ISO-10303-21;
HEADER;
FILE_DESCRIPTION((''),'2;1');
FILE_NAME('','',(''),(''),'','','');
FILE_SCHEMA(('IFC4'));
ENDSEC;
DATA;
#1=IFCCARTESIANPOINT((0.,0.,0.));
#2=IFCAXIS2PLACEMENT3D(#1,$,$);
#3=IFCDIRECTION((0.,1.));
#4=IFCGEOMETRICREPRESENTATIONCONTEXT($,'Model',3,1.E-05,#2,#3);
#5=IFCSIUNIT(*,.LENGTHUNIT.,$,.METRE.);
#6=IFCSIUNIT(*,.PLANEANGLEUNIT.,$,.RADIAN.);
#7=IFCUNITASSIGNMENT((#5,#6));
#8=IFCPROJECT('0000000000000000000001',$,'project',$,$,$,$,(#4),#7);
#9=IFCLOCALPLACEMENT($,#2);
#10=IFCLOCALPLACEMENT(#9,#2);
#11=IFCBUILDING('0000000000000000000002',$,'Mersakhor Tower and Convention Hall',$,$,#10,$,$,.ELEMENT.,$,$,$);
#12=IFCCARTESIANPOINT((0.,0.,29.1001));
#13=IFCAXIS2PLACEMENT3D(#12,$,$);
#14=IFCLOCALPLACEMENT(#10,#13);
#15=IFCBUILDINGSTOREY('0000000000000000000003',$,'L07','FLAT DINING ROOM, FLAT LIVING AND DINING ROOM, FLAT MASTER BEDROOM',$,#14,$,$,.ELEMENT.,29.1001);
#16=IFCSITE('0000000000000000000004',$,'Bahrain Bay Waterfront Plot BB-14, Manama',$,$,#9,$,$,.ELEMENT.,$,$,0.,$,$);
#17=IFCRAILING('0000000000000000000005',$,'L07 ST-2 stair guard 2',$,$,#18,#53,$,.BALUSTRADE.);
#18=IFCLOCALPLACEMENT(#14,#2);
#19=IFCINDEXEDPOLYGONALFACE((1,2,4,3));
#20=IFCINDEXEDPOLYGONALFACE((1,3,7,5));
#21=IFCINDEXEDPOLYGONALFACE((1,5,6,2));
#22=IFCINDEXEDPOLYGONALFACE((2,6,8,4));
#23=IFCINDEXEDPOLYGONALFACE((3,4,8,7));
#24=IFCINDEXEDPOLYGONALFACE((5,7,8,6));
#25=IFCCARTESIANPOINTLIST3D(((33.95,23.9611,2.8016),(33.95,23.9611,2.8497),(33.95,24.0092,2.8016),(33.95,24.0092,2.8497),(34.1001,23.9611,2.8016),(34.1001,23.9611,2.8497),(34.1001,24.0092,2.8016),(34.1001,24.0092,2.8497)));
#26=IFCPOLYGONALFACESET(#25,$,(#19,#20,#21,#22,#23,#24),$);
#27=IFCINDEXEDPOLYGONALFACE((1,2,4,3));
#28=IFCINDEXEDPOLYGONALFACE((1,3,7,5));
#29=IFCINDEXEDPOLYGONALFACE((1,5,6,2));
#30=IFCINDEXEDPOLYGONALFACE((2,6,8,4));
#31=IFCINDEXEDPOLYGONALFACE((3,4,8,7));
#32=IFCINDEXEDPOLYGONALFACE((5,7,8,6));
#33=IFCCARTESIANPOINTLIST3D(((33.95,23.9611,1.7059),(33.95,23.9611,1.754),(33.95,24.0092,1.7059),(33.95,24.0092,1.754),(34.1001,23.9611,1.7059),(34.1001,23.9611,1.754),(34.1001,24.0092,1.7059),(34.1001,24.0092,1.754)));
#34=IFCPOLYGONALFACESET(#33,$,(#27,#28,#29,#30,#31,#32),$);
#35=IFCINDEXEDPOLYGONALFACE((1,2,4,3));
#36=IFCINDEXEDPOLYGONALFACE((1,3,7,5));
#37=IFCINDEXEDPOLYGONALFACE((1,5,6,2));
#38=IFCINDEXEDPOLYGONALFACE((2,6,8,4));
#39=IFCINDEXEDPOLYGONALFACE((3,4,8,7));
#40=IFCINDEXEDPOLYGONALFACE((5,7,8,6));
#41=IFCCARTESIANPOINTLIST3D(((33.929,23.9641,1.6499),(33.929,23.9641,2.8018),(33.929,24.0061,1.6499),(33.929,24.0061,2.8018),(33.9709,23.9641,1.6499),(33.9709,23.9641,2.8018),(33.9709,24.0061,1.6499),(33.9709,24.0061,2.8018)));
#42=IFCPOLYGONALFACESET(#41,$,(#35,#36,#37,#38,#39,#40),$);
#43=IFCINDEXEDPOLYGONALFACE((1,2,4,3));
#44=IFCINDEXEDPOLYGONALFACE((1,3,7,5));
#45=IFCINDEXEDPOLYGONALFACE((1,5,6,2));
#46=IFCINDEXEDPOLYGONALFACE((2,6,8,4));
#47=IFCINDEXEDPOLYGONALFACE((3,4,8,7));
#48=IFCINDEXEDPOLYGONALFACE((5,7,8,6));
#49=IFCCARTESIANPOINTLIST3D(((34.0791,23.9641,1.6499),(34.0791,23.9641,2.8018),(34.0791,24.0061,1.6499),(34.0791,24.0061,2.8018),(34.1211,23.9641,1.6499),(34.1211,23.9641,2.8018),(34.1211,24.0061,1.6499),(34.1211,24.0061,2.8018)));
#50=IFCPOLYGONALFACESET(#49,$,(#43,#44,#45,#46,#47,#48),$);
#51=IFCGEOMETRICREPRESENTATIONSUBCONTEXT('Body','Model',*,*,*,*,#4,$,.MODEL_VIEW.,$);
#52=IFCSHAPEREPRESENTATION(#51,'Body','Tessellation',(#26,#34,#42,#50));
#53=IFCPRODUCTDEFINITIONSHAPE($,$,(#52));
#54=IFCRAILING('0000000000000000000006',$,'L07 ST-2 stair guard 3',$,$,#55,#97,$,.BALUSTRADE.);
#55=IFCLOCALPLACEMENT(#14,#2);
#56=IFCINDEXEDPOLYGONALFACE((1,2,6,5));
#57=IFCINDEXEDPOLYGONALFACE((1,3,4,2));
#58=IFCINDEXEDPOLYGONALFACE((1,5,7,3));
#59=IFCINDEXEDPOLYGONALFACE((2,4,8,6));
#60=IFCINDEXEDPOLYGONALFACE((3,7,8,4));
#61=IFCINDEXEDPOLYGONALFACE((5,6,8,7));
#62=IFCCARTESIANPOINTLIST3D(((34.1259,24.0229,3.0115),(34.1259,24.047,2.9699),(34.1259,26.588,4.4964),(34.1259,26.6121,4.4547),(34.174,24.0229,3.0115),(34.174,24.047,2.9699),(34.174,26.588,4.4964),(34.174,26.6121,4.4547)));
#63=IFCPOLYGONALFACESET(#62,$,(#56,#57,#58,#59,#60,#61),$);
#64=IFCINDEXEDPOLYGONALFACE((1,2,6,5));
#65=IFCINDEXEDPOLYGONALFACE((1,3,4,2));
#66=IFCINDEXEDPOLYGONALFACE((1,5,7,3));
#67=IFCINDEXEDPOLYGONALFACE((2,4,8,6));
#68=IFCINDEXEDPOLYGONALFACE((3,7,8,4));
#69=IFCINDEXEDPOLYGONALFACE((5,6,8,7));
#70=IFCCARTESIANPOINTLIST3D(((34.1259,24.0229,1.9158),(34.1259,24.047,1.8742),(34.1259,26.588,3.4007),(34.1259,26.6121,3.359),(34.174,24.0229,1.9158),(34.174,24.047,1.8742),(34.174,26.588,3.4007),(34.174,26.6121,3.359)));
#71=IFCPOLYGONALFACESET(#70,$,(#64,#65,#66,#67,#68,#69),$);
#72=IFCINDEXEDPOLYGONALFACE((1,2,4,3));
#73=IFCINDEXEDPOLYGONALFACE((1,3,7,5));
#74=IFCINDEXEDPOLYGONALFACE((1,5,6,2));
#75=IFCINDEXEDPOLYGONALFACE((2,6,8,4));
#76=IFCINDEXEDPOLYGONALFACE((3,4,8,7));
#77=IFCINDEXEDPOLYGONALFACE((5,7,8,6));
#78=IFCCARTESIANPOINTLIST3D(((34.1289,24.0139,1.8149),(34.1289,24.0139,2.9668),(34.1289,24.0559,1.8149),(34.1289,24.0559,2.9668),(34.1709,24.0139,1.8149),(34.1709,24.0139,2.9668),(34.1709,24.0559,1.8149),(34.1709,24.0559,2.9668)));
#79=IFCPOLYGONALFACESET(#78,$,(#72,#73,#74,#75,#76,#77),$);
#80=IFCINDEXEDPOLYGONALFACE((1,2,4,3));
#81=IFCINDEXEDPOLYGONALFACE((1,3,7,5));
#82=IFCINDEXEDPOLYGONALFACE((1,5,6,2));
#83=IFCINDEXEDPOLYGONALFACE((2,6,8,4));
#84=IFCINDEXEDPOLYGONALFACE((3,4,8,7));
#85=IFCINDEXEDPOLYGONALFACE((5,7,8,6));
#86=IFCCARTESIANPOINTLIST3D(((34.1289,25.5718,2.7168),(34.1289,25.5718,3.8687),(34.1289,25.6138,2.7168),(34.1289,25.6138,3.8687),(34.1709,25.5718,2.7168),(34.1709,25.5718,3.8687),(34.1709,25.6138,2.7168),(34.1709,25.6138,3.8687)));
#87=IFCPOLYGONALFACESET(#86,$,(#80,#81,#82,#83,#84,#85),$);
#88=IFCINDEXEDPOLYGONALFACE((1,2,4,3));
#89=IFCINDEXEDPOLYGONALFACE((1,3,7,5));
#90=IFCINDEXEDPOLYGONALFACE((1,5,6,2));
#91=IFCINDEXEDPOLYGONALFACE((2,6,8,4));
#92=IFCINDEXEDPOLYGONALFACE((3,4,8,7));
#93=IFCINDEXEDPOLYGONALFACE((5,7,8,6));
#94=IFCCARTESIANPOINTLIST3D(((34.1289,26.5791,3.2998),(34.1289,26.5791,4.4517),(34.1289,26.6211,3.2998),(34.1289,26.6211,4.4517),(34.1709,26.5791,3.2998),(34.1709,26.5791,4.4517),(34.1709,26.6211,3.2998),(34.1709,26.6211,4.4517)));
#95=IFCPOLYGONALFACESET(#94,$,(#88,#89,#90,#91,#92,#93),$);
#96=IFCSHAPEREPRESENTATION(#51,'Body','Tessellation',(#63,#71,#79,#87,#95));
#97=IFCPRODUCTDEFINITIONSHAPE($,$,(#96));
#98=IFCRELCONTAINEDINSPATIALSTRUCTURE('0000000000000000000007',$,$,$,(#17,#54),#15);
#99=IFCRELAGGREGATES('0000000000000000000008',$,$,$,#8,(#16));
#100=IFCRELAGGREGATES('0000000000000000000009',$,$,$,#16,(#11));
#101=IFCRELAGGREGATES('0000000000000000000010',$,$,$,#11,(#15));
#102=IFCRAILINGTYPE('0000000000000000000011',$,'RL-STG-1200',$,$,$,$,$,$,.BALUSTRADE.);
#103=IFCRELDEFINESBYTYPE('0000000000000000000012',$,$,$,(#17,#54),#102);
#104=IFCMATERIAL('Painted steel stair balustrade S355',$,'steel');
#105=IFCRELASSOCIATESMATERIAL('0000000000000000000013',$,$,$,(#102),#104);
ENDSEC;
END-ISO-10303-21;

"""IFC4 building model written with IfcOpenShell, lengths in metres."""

from ifc_helpers import new_model, si_unit, direction, frame, origin, origin_2d, place, context, subcontext, project, spatial, rectangle, extrude, material, type_object, element, save


model = new_model("IFC4")

# Units and contexts
model_context = context("Model", 3, precision=1e-05, world=origin(), true_north=direction((0.0, 1.0)))
body_context = subcontext(model_context, "Body", "Model", "MODEL_VIEW")
ifc_project = project(units=[si_unit("LENGTHUNIT", "METRE"), si_unit("PLANEANGLEUNIT", "RADIAN")], contexts=[model_context])

# Site, building, storey
site_placement = place(None, origin())
site = spatial("IfcSite", under=ifc_project, at=site_placement, Name="Bahrain Bay Waterfront Plot BB-14, Manama", CompositionType="ELEMENT", RefElevation=0.0)
building_placement = place(site_placement, origin())
building = spatial("IfcBuilding", under=site, at=building_placement, Name="Mersakhor Tower and Convention Hall", CompositionType="ELEMENT")
storey_placement = place(building_placement, frame((0.0, 0.0, 29.1001)))
storey = spatial("IfcBuildingStorey", under=building, at=storey_placement, Name="L07", Description="FLAT DINING ROOM, FLAT LIVING AND DINING ROOM, FLAT MASTER BEDROOM", CompositionType="ELEMENT", Elevation=29.1001)

# Railings
ifc_material_1 = material(Name="Painted steel stair balustrade S355", Category="steel")
railing_type_1 = type_object("IfcRailingType", Name="RL-STG-1200", PredefinedType="BALUSTRADE", material=ifc_material_1)
railing_1_placement = place(storey_placement, frame((33.95, 23.9851, 1.6499)))
element("IfcRailing", 1, at=railing_1_placement, inside=storey, type_object=railing_type_1, Name="L07 ST-2 stair guard 2", PredefinedType="BALUSTRADE", context=body_context, shape_type="SweptSolid", body=[
    extrude(rectangle(XDim=0.0481, YDim=0.0481, at=origin_2d()), frame((0.0, 0.0, 1.1758), z_axis=(1.0, 0.0, 0.0), x_axis=(0.0, 1.0, 0.0)), (0.0, 0.0, 1.0), 0.1501),
    extrude(rectangle(XDim=0.0481, YDim=0.0481, at=origin_2d()), frame((0.0, 0.0, 0.0801), z_axis=(1.0, 0.0, 0.0), x_axis=(0.0, 1.0, 0.0)), (0.0, 0.0, 1.0), 0.1501),
    extrude(rectangle(XDim=0.042, YDim=0.042, at=origin_2d()), origin(), (0.0, 0.0, 1.0), 1.1519),
    extrude(rectangle(XDim=0.042, YDim=0.042, at=origin_2d()), frame((0.1501, 0.0, 0.0)), (0.0, 0.0, 1.0), 1.1519),
])
railing_2_placement = place(storey_placement, frame((34.1499, 24.0349, 1.8149)))
element("IfcRailing", 2, at=railing_2_placement, inside=storey, type_object=railing_type_1, Name="L07 ST-2 stair guard 3", PredefinedType="BALUSTRADE", context=body_context, shape_type="SweptSolid", body=[
    extrude(rectangle(XDim=0.0481, YDim=0.0481, at=origin_2d()), frame((0.0, 0.0, 1.1758), z_axis=(0.0, 0.865462, 0.500975), x_axis=(-1.0, 0.0, 0.0)), (0.0, 0.0, 1.0), 2.9639),
    extrude(rectangle(XDim=0.0481, YDim=0.0481, at=origin_2d()), frame((0.0, 0.0, 0.0801), z_axis=(0.0, 0.865462, 0.500975), x_axis=(-1.0, 0.0, 0.0)), (0.0, 0.0, 1.0), 2.9639),
    extrude(rectangle(XDim=0.042, YDim=0.042, at=origin_2d()), origin(), (0.0, 0.0, 1.0), 1.1519),
    extrude(rectangle(XDim=0.042, YDim=0.042, at=origin_2d()), frame((0.0, 1.5579, 0.9019)), (0.0, 0.0, 1.0), 1.1519),
    extrude(rectangle(XDim=0.042, YDim=0.042, at=origin_2d()), frame((0.0, 2.5652, 1.4849)), (0.0, 0.0, 1.0), 1.1519),
])

save(model, "model.ifc")
